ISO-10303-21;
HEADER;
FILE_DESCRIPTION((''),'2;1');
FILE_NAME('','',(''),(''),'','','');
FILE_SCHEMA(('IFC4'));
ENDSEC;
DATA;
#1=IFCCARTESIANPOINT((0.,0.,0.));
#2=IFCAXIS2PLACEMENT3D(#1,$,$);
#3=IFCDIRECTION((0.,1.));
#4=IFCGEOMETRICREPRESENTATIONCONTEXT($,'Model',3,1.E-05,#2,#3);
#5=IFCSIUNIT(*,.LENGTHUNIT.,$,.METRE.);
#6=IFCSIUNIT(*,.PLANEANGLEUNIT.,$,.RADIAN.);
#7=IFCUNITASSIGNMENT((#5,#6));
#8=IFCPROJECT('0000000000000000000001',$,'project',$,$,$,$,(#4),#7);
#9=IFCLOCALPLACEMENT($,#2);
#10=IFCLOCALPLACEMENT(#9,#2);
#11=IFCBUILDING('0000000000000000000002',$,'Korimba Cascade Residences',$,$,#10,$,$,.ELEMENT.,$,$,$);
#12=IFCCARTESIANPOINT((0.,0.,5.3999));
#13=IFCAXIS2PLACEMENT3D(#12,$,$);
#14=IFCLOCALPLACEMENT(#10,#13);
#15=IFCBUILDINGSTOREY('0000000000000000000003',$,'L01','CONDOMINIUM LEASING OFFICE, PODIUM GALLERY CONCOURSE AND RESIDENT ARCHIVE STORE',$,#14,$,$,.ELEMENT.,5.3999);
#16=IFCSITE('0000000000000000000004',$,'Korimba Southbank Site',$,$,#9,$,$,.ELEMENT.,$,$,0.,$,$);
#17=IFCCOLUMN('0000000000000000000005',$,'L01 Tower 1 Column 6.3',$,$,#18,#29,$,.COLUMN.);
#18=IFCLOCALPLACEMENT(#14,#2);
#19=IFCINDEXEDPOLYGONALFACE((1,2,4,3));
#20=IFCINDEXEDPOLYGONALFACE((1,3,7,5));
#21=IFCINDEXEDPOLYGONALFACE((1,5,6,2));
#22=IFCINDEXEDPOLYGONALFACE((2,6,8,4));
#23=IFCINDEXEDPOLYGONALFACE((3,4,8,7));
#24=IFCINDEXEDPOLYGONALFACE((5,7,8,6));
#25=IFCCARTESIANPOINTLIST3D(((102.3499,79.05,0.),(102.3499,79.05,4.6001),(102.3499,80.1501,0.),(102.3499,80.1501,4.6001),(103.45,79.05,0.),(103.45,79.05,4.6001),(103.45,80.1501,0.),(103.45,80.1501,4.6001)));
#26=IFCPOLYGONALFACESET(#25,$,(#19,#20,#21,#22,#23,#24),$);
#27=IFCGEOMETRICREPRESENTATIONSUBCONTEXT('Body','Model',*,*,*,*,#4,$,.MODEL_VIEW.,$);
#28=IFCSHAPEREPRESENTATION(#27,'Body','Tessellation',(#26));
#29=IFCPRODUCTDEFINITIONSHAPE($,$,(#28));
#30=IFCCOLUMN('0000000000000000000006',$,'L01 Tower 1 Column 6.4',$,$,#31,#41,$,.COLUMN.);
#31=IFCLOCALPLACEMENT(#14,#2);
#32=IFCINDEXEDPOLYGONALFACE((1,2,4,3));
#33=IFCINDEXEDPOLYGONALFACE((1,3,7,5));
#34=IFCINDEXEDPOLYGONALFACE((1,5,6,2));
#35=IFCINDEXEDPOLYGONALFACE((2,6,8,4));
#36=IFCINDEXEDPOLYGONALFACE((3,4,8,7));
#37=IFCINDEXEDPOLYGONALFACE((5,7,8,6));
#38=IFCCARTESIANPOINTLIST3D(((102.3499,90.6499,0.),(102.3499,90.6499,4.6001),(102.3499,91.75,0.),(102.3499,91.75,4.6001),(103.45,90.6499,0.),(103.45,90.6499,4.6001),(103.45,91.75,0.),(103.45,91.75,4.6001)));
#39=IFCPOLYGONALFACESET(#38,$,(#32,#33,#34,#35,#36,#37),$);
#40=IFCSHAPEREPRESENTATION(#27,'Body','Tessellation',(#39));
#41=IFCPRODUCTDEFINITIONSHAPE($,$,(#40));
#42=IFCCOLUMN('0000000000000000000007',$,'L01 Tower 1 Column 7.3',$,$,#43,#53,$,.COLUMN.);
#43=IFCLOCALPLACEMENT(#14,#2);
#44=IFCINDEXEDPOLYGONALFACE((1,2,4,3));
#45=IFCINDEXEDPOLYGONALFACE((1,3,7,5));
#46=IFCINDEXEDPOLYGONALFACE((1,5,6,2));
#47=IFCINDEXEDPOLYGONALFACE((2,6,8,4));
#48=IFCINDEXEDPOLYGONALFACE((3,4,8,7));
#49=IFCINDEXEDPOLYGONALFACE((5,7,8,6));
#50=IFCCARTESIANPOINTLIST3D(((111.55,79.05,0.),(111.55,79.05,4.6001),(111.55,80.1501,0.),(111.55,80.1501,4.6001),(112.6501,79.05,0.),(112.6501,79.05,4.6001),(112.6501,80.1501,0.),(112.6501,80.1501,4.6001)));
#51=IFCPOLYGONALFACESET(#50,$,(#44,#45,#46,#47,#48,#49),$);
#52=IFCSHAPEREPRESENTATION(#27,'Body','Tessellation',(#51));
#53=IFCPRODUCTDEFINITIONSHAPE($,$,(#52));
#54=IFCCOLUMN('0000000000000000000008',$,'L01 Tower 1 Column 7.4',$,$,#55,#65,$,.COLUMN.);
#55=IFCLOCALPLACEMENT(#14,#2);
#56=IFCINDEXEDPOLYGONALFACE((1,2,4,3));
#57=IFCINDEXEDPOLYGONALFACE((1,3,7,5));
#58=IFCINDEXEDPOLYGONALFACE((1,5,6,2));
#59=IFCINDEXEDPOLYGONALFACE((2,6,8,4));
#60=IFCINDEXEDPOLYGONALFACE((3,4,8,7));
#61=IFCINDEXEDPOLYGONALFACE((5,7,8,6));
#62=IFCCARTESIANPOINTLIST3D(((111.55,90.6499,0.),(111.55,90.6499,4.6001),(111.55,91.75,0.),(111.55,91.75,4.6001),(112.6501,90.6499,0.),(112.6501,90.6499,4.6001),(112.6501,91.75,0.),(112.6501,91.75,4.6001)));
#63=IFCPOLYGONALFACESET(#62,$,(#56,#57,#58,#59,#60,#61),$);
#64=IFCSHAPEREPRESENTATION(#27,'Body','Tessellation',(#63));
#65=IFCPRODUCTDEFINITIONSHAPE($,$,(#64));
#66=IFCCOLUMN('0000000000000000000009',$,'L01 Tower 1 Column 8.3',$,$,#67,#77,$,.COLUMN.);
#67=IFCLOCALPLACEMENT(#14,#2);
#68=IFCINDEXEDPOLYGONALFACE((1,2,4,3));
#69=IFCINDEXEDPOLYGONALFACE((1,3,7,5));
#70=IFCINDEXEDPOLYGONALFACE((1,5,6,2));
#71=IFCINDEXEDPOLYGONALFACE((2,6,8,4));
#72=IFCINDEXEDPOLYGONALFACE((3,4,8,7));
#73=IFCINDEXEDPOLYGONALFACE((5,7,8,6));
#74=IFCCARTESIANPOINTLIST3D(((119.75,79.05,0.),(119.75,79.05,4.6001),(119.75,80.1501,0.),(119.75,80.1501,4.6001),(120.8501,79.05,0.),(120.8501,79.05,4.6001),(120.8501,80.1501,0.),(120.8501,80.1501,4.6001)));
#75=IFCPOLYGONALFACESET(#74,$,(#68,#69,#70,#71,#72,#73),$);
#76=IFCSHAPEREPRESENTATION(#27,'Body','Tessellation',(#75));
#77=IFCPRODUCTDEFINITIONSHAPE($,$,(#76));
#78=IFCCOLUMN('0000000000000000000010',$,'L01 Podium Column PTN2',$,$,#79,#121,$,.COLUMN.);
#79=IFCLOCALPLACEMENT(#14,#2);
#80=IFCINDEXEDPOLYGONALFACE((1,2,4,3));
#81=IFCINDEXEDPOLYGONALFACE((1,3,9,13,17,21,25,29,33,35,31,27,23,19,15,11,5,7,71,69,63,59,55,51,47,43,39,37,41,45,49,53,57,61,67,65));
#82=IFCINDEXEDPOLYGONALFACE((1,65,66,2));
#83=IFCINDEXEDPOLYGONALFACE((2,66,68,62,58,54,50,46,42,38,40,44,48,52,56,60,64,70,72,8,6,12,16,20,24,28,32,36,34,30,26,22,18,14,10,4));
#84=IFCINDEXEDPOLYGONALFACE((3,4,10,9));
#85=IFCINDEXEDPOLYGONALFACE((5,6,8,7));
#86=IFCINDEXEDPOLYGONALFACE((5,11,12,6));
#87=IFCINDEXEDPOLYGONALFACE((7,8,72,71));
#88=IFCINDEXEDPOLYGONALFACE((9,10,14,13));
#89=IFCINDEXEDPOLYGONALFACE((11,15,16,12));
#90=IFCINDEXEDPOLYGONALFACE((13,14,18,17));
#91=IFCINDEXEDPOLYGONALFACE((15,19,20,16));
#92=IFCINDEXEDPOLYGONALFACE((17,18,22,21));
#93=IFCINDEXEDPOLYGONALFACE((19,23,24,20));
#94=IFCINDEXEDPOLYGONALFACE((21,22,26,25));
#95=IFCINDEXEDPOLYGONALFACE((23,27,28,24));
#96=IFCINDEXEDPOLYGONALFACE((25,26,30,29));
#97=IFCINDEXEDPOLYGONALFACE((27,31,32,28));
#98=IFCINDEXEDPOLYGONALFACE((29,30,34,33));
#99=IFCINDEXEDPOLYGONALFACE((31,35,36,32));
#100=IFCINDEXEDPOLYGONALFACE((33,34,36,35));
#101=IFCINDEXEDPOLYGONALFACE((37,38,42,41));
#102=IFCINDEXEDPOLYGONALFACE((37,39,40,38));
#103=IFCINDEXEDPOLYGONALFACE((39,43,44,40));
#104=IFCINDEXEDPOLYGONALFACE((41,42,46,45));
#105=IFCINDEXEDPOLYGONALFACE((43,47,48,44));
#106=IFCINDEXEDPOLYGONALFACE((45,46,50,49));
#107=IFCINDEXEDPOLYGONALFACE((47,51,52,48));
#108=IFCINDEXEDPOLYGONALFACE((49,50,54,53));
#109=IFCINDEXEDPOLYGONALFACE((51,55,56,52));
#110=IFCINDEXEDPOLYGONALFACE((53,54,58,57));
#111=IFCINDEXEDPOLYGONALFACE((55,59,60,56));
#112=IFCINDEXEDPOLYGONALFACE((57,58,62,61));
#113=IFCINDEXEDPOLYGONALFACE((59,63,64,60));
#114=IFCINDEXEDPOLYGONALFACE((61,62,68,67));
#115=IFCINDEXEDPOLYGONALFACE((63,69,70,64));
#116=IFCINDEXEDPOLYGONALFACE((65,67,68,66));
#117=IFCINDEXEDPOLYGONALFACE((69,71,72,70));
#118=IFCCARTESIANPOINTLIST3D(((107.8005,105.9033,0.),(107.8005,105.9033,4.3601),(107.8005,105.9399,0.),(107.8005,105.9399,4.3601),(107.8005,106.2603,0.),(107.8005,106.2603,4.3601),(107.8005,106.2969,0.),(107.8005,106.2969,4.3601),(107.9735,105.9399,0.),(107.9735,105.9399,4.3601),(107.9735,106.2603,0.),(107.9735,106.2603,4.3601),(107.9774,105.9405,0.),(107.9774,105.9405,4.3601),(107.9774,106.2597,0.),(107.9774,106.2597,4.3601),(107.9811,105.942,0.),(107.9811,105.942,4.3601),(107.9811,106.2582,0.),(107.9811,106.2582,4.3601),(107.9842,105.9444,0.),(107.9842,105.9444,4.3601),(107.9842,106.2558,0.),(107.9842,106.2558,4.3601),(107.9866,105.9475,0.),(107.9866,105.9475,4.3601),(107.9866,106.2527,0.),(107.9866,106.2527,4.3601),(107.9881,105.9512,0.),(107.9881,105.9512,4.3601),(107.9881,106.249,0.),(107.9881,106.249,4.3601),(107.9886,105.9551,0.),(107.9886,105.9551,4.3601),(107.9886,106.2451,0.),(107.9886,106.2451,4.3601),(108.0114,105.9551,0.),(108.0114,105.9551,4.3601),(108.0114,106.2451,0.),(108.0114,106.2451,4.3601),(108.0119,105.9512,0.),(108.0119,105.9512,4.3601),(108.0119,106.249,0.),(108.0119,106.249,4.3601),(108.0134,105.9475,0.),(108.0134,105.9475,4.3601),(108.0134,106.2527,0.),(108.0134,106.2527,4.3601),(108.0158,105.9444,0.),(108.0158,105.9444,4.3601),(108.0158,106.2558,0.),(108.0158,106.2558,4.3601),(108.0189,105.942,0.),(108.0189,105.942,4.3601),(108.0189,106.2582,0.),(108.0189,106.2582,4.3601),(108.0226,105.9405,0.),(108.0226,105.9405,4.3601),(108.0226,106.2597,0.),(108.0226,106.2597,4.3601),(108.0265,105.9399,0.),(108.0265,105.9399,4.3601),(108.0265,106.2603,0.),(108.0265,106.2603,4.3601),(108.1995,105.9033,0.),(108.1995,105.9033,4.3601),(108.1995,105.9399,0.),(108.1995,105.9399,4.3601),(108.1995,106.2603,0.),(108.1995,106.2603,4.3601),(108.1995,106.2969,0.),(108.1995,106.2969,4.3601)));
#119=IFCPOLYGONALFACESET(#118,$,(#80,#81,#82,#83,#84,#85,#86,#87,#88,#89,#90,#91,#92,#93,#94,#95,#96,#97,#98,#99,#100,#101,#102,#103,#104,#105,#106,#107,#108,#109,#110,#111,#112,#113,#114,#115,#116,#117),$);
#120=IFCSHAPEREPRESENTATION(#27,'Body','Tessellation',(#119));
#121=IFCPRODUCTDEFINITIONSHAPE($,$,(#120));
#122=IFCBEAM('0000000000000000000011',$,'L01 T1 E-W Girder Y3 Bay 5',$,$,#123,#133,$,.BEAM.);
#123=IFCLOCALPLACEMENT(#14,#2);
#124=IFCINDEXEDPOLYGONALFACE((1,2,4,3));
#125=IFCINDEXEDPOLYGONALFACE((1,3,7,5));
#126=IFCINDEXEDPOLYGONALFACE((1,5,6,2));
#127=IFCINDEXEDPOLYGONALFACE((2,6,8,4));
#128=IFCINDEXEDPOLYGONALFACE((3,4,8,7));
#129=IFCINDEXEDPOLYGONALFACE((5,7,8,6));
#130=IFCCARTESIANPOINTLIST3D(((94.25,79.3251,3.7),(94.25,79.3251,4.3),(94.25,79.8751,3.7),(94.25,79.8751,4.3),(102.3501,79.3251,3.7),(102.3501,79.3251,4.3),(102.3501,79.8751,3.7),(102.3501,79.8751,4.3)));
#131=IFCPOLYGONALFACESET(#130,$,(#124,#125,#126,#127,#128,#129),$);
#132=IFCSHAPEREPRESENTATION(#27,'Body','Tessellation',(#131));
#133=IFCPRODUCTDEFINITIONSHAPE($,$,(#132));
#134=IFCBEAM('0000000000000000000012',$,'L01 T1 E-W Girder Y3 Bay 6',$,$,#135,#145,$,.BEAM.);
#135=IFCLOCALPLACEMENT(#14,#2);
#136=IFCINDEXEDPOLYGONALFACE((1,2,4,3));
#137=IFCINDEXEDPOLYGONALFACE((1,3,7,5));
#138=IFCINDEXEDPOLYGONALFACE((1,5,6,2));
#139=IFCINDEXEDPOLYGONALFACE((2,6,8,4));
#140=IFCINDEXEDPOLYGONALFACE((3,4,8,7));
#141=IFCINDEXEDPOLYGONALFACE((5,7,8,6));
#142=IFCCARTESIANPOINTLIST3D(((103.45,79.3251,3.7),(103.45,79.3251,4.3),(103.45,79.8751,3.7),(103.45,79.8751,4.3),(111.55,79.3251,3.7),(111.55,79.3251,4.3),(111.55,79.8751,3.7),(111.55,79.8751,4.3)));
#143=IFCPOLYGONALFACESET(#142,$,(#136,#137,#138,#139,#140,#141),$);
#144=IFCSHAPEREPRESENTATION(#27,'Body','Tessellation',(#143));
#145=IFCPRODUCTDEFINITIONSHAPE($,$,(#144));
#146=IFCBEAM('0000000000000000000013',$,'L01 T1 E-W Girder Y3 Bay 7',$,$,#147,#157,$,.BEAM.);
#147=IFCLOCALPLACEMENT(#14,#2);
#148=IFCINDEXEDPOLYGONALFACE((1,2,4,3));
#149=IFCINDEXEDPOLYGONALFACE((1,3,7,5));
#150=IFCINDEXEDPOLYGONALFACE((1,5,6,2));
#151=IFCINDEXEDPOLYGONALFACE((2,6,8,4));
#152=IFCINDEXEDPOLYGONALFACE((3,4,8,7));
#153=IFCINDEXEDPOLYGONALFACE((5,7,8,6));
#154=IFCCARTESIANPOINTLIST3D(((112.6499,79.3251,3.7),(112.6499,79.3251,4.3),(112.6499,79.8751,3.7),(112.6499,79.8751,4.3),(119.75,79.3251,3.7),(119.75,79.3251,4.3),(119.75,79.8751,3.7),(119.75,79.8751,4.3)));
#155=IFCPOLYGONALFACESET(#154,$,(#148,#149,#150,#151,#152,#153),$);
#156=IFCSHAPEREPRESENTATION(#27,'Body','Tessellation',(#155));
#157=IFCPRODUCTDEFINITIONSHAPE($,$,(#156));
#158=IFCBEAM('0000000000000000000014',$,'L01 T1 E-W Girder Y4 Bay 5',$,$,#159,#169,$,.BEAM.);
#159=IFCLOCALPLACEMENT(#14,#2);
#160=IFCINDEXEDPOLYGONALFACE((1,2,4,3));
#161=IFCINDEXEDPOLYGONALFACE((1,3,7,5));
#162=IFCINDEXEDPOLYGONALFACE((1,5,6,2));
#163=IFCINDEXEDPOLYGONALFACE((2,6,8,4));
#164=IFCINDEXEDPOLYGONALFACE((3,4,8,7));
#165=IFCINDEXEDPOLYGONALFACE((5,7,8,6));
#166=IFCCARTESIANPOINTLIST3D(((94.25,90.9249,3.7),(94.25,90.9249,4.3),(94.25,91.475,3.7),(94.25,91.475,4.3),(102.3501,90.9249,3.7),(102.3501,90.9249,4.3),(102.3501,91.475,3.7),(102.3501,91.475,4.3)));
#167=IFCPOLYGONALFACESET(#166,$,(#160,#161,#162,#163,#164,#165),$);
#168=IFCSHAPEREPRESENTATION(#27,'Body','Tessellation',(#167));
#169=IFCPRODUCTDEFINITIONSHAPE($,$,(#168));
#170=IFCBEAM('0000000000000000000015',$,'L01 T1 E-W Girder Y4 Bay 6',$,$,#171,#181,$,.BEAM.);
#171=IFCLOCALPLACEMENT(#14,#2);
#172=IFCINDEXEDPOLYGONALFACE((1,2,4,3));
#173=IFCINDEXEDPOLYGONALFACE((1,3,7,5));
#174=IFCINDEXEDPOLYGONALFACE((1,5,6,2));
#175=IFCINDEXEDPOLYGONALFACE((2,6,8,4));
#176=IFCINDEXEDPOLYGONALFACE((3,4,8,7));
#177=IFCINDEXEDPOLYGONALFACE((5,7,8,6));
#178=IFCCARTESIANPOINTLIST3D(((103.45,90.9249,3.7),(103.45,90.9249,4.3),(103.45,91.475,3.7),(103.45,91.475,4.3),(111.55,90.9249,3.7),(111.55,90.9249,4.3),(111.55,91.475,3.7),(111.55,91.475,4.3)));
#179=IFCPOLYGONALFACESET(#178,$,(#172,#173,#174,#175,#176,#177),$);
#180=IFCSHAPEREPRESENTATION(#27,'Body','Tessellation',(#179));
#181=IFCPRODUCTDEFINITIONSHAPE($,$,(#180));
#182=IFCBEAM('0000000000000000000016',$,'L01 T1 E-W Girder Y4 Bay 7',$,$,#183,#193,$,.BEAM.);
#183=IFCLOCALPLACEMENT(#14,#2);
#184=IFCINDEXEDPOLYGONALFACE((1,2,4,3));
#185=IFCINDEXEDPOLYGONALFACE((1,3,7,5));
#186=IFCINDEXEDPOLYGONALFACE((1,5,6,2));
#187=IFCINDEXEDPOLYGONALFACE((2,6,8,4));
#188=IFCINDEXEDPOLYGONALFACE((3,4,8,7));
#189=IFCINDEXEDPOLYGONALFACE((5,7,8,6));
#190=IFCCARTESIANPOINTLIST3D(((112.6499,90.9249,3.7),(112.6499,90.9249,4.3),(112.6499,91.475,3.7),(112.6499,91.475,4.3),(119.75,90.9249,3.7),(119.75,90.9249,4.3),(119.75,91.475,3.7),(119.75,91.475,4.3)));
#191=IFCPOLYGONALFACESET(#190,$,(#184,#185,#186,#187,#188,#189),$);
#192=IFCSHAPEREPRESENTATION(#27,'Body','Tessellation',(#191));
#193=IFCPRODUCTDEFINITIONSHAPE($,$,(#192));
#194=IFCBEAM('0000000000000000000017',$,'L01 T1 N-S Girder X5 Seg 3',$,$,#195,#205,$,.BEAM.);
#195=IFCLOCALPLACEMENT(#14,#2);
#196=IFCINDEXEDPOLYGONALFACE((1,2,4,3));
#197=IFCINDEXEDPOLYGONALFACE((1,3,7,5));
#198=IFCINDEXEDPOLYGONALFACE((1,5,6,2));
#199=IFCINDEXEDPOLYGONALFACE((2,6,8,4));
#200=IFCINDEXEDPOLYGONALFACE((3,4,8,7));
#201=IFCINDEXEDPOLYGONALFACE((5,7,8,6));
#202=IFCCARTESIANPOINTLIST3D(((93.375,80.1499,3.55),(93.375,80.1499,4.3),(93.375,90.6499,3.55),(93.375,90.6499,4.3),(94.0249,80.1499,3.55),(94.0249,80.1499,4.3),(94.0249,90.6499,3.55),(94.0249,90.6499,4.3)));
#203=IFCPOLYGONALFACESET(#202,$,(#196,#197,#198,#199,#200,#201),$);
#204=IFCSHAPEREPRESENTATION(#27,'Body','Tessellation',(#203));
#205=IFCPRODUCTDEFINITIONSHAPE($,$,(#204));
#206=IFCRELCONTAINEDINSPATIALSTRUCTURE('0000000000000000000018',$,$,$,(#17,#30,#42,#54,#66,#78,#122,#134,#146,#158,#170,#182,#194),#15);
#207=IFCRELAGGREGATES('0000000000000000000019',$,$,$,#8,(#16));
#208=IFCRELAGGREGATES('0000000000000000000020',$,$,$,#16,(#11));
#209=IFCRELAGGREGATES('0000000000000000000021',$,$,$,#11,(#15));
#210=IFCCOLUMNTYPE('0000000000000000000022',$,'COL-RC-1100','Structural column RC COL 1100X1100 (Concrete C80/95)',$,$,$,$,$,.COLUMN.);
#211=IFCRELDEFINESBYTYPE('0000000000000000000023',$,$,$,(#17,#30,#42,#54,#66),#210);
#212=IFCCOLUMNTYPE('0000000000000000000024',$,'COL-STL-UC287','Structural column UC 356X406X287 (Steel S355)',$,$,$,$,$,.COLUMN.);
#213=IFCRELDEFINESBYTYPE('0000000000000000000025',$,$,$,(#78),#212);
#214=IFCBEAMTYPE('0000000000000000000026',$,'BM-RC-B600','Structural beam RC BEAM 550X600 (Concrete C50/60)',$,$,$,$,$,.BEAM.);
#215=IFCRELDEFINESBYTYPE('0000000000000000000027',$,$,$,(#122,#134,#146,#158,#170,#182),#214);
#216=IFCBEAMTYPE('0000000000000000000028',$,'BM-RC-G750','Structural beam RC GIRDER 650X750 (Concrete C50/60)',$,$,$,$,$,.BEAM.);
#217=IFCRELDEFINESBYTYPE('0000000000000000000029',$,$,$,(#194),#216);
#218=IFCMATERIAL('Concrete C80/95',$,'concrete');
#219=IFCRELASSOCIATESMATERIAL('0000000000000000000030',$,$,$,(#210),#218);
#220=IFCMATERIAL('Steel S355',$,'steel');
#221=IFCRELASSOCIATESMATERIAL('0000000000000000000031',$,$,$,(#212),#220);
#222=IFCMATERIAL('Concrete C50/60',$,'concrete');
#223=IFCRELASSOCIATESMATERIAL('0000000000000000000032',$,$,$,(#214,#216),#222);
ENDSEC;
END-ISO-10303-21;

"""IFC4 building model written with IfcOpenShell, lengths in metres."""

from ifc_helpers import new_model, si_unit, direction, frame, origin, origin_2d, place, context, subcontext, project, spatial, rectangle, i_section, extrude, material, material_profile, profile_set, type_object, element, save


model = new_model("IFC4")

# Units and contexts
model_context = context("Model", 3, precision=1e-05, world=origin(), true_north=direction((0.0, 1.0)))
body_context = subcontext(model_context, "Body", "Model", "MODEL_VIEW")
ifc_project = project(units=[si_unit("LENGTHUNIT", "METRE"), si_unit("PLANEANGLEUNIT", "RADIAN")], contexts=[model_context])

# Site, building, storey
site_placement = place(None, origin())
site = spatial("IfcSite", under=ifc_project, at=site_placement, Name="Korimba Southbank Site", CompositionType="ELEMENT", RefElevation=0.0)
building_placement = place(site_placement, origin())
building = spatial("IfcBuilding", under=site, at=building_placement, Name="Korimba Cascade Residences", CompositionType="ELEMENT")
storey_placement = place(building_placement, frame((0.0, 0.0, 5.3999)))
storey = spatial("IfcBuildingStorey", under=building, at=storey_placement, Name="L01", Description="CONDOMINIUM LEASING OFFICE, PODIUM GALLERY CONCOURSE AND RESIDENT ARCHIVE STORE", CompositionType="ELEMENT", Elevation=5.3999)

# Columns
ifc_material_1 = material(Name="Concrete C80/95", Category="concrete")
ifc_material_profile_1 = material_profile(ifc_material_1, rectangle(XDim=1.1001, YDim=1.1001, at=origin_2d()), Name="Concrete C80/95")
ifc_profile_set_1 = profile_set([ifc_material_profile_1], Name="Concrete C80/95")
column_type_1 = type_object("IfcColumnType", Name="COL-RC-1100", Description="Structural column RC COL 1100X1100 (Concrete C80/95)", PredefinedType="COLUMN", material=ifc_profile_set_1)
for number, where, z_axis, x_axis, name in (
    (1, (102.8999, 79.6001, 0.0), (0.0, 0.0, 1.0), (1.0, 0.0, 0.0), "L01 Tower 1 Column 6.3"),
    (2, (102.8999, 91.2, 0.0), (0.0, 0.0, 1.0), (1.0, 0.0, 0.0), "L01 Tower 1 Column 6.4"),
    (3, (112.1001, 79.6001, 0.0), (0.0, 0.0, 1.0), (1.0, 0.0, 0.0), "L01 Tower 1 Column 7.3"),
    (4, (112.1001, 91.2, 0.0), (0.0, 0.0, 1.0), (1.0, 0.0, 0.0), "L01 Tower 1 Column 7.4"),
    (5, (120.3, 79.6001, 0.0), (0.0, 0.0, 1.0), (1.0, 0.0, 0.0), "L01 Tower 1 Column 8.3"),
):
    element("IfcColumn", number, at=place(storey_placement, frame(where, z_axis=z_axis, x_axis=x_axis)), inside=storey, type_object=column_type_1, Name=name, PredefinedType="COLUMN", context=body_context, shape_type="SweptSolid", body=[
        extrude(rectangle(XDim=1.1001, YDim=1.1001, at=origin_2d()), origin(), (0.0, 0.0, 1.0), 4.6001),
    ])
ifc_material_2 = material(Name="Steel S355", Category="steel")
ifc_material_profile_2 = material_profile(ifc_material_2, i_section(OverallWidth=0.3989, OverallDepth=0.3936, WebThickness=0.0227, FlangeThickness=0.0366, FilletRadius=0.0151, at=origin_2d()), Name="Steel S355")
ifc_profile_set_2 = profile_set([ifc_material_profile_2], Name="Steel S355")
column_type_2 = type_object("IfcColumnType", Name="COL-STL-UC287", Description="Structural column UC 356X406X287 (Steel S355)", PredefinedType="COLUMN", material=ifc_profile_set_2)
column_placement = place(storey_placement, frame((108.0, 106.1001, 0.0), z_axis=(0.0, 0.0, 1.0), x_axis=(1.0, 0.0, 0.0)))
element("IfcColumn", 6, at=column_placement, inside=storey, type_object=column_type_2, Name="L01 Podium Column PTN2", PredefinedType="COLUMN", context=body_context, shape_type="SweptSolid", body=[
    extrude(i_section(OverallWidth=0.3989, OverallDepth=0.3936, WebThickness=0.0227, FlangeThickness=0.0366, FilletRadius=0.0151, at=origin_2d()), origin(), (0.0, 0.0, 1.0), 4.3601),
])

# Beams
ifc_material_3 = material(Name="Concrete C50/60", Category="concrete")
ifc_material_profile_3 = material_profile(ifc_material_3, rectangle(XDim=0.55, YDim=0.6001, at=origin_2d()), Name="Concrete C50/60")
ifc_profile_set_3 = profile_set([ifc_material_profile_3], Name="Concrete C50/60")
beam_type_1 = type_object("IfcBeamType", Name="BM-RC-B600", Description="Structural beam RC BEAM 550X600 (Concrete C50/60)", PredefinedType="BEAM", material=ifc_profile_set_3)
for number, where, z_axis, x_axis, name in (
    (7, (94.25, 79.6001, 4.0), (1.0, 0.0, 0.0), (0.0, 1.0, 0.0), "L01 T1 E-W Girder Y3 Bay 5"),
    (8, (103.45, 79.6001, 4.0), (1.0, 0.0, 0.0), (0.0, 1.0, 0.0), "L01 T1 E-W Girder Y3 Bay 6"),
):
    element("IfcBeam", number, at=place(storey_placement, frame(where, z_axis=z_axis, x_axis=x_axis)), inside=storey, type_object=beam_type_1, Name=name, PredefinedType="BEAM", context=body_context, shape_type="SweptSolid", body=[
        extrude(rectangle(XDim=0.55, YDim=0.6001, at=origin_2d()), origin(), (0.0, 0.0, 1.0), 8.1001),
    ])
beam_1_placement = place(storey_placement, frame((112.6499, 79.6001, 4.0), z_axis=(1.0, 0.0, 0.0), x_axis=(0.0, 1.0, 0.0)))
element("IfcBeam", 9, at=beam_1_placement, inside=storey, type_object=beam_type_1, Name="L01 T1 E-W Girder Y3 Bay 7", PredefinedType="BEAM", context=body_context, shape_type="SweptSolid", body=[
    extrude(rectangle(XDim=0.55, YDim=0.6001, at=origin_2d()), origin(), (0.0, 0.0, 1.0), 7.1001),
])
for number, where, z_axis, x_axis, name in (
    (10, (94.25, 91.2, 4.0), (1.0, 0.0, 0.0), (0.0, 1.0, 0.0), "L01 T1 E-W Girder Y4 Bay 5"),
    (11, (103.45, 91.2, 4.0), (1.0, 0.0, 0.0), (0.0, 1.0, 0.0), "L01 T1 E-W Girder Y4 Bay 6"),
):
    element("IfcBeam", number, at=place(storey_placement, frame(where, z_axis=z_axis, x_axis=x_axis)), inside=storey, type_object=beam_type_1, Name=name, PredefinedType="BEAM", context=body_context, shape_type="SweptSolid", body=[
        extrude(rectangle(XDim=0.55, YDim=0.6001, at=origin_2d()), origin(), (0.0, 0.0, 1.0), 8.1001),
    ])
beam_2_placement = place(storey_placement, frame((112.6499, 91.2, 4.0), z_axis=(1.0, 0.0, 0.0), x_axis=(0.0, 1.0, 0.0)))
element("IfcBeam", 12, at=beam_2_placement, inside=storey, type_object=beam_type_1, Name="L01 T1 E-W Girder Y4 Bay 7", PredefinedType="BEAM", context=body_context, shape_type="SweptSolid", body=[
    extrude(rectangle(XDim=0.55, YDim=0.6001, at=origin_2d()), origin(), (0.0, 0.0, 1.0), 7.1001),
])
ifc_material_profile_4 = material_profile(ifc_material_3, rectangle(XDim=0.6499, YDim=0.75, at=origin_2d()), Name="Concrete C50/60")
ifc_profile_set_4 = profile_set([ifc_material_profile_4], Name="Concrete C50/60")
beam_type_2 = type_object("IfcBeamType", Name="BM-RC-G750", Description="Structural beam RC GIRDER 650X750 (Concrete C50/60)", PredefinedType="BEAM", material=ifc_profile_set_4)
for number, where, z_axis, x_axis, name in (
    (13, (93.7, 80.1499, 3.925), (0.0, 1.0, 0.0), (-1.0, 0.0, 0.0), "L01 T1 N-S Girder X5 Seg 3"),
):
    element("IfcBeam", number, at=place(storey_placement, frame(where, z_axis=z_axis, x_axis=x_axis)), inside=storey, type_object=beam_type_2, Name=name, PredefinedType="BEAM", context=body_context, shape_type="SweptSolid", body=[
        extrude(rectangle(XDim=0.6499, YDim=0.75, at=origin_2d()), origin(), (0.0, 0.0, 1.0), 10.5),
    ])

save(model, "model.ifc")
